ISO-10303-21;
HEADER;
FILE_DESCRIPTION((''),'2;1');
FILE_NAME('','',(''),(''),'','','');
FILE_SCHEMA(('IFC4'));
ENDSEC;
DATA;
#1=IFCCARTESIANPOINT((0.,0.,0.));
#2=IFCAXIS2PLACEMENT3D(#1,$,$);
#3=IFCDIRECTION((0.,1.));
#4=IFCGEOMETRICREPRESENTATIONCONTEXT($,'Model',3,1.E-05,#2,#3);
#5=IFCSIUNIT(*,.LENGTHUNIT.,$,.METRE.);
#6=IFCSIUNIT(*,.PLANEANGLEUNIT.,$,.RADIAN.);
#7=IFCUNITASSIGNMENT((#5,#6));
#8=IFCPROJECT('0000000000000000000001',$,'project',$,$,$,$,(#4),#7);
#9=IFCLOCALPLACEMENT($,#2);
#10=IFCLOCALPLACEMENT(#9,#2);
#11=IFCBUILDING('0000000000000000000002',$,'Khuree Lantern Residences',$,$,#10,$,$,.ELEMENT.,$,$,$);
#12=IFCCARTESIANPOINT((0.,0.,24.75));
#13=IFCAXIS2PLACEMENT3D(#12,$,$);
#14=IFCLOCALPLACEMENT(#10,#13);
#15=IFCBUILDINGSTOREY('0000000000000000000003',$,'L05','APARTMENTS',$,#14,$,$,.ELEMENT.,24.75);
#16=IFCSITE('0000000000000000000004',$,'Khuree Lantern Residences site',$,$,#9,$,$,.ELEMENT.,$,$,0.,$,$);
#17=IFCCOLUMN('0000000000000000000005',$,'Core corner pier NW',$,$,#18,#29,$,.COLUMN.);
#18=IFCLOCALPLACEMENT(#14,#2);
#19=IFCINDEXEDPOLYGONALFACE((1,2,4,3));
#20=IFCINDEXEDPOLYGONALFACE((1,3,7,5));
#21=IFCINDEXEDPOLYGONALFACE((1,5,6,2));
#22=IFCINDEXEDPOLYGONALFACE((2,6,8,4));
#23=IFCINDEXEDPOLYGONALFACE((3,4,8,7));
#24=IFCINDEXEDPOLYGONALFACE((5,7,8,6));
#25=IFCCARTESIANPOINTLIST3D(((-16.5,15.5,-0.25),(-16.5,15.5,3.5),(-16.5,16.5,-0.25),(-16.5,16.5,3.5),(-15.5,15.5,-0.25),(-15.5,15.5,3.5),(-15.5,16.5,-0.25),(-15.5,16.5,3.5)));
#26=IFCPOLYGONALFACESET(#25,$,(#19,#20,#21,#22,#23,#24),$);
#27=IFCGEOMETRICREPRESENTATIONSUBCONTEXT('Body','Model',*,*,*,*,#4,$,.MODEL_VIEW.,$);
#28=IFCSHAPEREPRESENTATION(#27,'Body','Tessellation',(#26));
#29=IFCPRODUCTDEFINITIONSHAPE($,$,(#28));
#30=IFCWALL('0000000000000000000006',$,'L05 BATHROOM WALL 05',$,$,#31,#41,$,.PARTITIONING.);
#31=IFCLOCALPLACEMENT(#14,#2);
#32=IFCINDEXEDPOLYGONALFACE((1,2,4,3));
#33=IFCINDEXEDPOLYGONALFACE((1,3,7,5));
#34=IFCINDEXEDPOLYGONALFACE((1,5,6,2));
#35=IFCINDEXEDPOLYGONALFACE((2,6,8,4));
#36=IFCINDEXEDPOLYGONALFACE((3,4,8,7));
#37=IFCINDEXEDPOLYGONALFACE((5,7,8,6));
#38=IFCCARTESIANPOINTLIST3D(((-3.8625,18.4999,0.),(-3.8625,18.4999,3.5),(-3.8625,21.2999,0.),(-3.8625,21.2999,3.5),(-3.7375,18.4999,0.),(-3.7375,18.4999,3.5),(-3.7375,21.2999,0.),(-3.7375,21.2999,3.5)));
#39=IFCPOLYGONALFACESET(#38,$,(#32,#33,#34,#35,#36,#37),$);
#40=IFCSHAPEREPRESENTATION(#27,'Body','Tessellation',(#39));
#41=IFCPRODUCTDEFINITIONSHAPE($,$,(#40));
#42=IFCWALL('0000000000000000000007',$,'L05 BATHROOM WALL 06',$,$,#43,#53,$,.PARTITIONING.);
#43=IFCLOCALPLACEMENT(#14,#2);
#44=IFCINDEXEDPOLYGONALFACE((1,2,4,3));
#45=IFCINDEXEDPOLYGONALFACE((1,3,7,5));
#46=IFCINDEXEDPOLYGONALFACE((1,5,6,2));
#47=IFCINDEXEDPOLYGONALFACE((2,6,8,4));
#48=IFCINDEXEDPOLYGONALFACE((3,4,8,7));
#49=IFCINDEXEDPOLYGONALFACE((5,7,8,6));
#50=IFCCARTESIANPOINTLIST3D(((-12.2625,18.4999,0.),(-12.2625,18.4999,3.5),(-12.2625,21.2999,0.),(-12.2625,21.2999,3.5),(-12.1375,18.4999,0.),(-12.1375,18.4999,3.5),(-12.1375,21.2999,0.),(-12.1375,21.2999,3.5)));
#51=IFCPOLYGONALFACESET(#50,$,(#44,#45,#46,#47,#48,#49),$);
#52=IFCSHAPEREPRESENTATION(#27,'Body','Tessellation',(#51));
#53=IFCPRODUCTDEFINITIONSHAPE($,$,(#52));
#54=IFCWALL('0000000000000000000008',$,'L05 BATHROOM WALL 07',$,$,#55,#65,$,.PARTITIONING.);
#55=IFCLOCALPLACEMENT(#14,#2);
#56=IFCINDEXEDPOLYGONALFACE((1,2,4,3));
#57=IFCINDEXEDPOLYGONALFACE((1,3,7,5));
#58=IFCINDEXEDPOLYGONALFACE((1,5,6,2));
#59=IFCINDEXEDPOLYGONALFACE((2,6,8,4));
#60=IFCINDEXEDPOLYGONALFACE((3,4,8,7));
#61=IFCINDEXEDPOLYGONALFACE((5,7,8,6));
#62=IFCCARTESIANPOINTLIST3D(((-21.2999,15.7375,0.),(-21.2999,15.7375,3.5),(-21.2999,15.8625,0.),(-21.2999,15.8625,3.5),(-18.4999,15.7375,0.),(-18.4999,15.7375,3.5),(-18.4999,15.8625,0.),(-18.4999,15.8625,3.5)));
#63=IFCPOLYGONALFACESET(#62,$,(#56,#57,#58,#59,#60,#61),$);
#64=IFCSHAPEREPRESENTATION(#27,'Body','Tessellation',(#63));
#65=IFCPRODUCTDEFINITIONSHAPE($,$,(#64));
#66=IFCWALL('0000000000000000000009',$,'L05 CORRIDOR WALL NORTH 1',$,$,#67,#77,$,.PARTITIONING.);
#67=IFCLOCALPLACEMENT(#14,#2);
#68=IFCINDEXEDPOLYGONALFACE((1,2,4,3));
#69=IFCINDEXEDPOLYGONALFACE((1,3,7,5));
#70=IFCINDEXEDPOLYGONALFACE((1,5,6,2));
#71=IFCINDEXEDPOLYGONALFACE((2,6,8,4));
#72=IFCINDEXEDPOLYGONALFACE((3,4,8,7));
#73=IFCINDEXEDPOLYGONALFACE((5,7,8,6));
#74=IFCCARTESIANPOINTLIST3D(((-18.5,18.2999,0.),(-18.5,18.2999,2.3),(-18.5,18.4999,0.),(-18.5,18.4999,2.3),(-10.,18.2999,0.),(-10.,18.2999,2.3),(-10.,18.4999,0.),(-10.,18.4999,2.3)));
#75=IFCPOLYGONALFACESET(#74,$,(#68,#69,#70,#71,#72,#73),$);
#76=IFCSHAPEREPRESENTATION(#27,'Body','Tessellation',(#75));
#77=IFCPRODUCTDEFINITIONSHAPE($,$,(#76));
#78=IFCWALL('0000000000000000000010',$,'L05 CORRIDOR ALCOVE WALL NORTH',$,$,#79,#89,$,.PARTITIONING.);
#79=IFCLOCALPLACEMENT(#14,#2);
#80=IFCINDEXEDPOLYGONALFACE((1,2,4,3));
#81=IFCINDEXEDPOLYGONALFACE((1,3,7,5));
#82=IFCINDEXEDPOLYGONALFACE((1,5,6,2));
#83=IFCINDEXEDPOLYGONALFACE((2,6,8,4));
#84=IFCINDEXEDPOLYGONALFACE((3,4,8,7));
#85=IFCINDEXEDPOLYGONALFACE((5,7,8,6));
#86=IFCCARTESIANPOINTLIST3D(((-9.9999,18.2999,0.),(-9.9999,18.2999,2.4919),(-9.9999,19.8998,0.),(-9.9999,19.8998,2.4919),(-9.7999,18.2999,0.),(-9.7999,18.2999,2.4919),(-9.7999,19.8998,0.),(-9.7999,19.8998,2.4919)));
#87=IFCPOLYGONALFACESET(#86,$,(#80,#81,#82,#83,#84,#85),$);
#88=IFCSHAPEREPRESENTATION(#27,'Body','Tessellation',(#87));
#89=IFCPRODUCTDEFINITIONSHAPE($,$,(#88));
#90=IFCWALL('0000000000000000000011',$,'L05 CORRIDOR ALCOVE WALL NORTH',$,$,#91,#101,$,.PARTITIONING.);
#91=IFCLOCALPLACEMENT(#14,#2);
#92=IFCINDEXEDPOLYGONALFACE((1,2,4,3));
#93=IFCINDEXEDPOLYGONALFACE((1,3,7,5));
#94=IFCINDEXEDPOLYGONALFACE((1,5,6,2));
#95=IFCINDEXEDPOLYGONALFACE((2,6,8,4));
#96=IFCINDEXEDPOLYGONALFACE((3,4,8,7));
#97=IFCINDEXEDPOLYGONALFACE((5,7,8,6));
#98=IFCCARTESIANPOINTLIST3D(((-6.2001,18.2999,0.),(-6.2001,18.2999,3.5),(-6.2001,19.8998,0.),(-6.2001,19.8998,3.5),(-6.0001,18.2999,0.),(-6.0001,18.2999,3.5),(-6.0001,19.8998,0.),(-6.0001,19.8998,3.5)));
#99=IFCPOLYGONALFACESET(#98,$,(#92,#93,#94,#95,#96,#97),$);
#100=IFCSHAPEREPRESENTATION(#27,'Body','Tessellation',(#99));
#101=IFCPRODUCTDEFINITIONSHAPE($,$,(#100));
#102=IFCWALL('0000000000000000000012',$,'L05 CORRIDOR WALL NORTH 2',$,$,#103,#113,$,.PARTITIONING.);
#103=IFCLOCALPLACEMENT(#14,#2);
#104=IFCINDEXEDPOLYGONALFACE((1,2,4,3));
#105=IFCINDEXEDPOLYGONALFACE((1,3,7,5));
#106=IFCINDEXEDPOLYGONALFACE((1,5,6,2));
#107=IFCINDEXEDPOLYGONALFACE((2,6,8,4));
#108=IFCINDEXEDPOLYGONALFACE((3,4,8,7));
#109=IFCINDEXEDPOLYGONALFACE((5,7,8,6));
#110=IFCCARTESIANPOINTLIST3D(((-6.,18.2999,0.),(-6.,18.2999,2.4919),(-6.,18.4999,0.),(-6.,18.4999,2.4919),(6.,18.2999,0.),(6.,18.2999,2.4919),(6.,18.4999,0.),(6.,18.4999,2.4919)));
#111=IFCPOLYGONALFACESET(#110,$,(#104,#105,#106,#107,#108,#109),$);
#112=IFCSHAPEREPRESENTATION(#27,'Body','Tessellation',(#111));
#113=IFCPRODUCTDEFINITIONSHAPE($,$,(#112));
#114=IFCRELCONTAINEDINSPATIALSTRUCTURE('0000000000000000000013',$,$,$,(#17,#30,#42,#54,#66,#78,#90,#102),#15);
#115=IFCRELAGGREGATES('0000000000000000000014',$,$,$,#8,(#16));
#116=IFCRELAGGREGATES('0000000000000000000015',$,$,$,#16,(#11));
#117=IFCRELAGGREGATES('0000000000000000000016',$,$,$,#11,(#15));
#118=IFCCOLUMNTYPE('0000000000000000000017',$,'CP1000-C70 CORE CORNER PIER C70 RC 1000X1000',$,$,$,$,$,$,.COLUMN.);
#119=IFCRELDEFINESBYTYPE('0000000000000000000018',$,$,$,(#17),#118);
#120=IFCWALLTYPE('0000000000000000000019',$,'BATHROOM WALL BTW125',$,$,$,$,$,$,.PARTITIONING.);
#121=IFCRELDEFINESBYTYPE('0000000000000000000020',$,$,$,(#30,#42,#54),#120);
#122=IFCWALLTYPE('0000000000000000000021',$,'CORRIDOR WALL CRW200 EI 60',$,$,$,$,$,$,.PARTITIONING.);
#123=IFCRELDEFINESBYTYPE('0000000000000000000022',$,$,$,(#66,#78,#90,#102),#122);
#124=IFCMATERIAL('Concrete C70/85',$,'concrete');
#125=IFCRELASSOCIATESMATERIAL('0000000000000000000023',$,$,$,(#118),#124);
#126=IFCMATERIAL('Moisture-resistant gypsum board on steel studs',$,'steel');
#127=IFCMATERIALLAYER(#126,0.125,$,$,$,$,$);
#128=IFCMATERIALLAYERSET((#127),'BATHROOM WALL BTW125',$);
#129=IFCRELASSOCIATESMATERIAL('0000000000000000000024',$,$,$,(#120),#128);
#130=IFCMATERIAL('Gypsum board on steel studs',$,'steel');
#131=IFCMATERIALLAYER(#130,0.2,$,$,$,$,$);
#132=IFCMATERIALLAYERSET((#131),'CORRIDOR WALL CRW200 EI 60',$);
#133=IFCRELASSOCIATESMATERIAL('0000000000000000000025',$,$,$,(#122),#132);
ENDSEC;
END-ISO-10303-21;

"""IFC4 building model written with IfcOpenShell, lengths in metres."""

from ifc_helpers import new_model, si_unit, direction, frame, frame_2d, origin, origin_2d, place, context, subcontext, project, spatial, rectangle, extrude, material, layer, layer_set, material_profile, profile_set, type_object, element, save


model = new_model("IFC4")

# Units and contexts
model_context = context("Model", 3, precision=1e-05, world=origin(), true_north=direction((0.0, 1.0)))
body_context = subcontext(model_context, "Body", "Model", "MODEL_VIEW")
ifc_project = project(units=[si_unit("LENGTHUNIT", "METRE"), si_unit("PLANEANGLEUNIT", "RADIAN")], contexts=[model_context])

# Site, building, storey
site_placement = place(None, origin())
site = spatial("IfcSite", under=ifc_project, at=site_placement, Name="Khuree Lantern Residences site", CompositionType="ELEMENT", RefElevation=0.0)
building_placement = place(site_placement, origin())
building = spatial("IfcBuilding", under=site, at=building_placement, Name="Khuree Lantern Residences", CompositionType="ELEMENT")
storey_placement = place(building_placement, frame((0.0, 0.0, 24.75)))
storey = spatial("IfcBuildingStorey", under=building, at=storey_placement, Name="L05", Description="APARTMENTS", CompositionType="ELEMENT", Elevation=24.75)

# Column
ifc_material_1 = material(Name="Concrete C70/85", Category="concrete")
ifc_material_profile = material_profile(ifc_material_1, rectangle(XDim=1.0, YDim=1.0, at=origin_2d()), Name="RC 1000X1000")
ifc_profile_set = profile_set([ifc_material_profile], Name="Concrete C70/85")
column_type = type_object("IfcColumnType", Name="CP1000-C70 CORE CORNER PIER C70 RC 1000X1000", PredefinedType="COLUMN", material=ifc_profile_set)
column_placement = place(storey_placement, frame((-16.0, 16.0, -0.25), z_axis=(0.0, 0.0, 1.0), x_axis=(1.0, 0.0, 0.0)))
element("IfcColumn", 1, at=column_placement, inside=storey, type_object=column_type, Name="Core corner pier NW", PredefinedType="COLUMN", context=body_context, shape_type="SweptSolid", body=[
    extrude(rectangle(XDim=1.0, YDim=1.0, at=origin_2d()), origin(), (0.0, 0.0, 1.0), 3.75),
])

# Walls
ifc_material_2 = material(Name="Moisture-resistant gypsum board on steel studs", Category="steel")
ifc_layer_1 = layer(ifc_material_2, 0.125)
ifc_layer_set_1 = layer_set([ifc_layer_1], Name="BATHROOM WALL BTW125")
wall_type_1 = type_object("IfcWallType", Name="BATHROOM WALL BTW125", PredefinedType="PARTITIONING", material=ifc_layer_set_1)
for number, where, z_axis, x_axis, name in (
    (2, (-3.8, 18.5, 0.0), (0.0, 0.0, 1.0), (0.0, 1.0, 0.0), "L05 BATHROOM WALL 05"),
    (3, (-12.2, 18.5, 0.0), (0.0, 0.0, 1.0), (0.0, 1.0, 0.0), "L05 BATHROOM WALL 06"),
    (4, (-18.5, 15.8, 0.0), (0.0, 0.0, 1.0), (-1.0, 0.0, 0.0), "L05 BATHROOM WALL 07"),
):
    element("IfcWall", number, at=place(storey_placement, frame(where, z_axis=z_axis, x_axis=x_axis)), inside=storey, type_object=wall_type_1, Name=name, PredefinedType="PARTITIONING", context=body_context, shape_type="SweptSolid", body=[
        extrude(rectangle(XDim=2.8, YDim=0.125, at=frame_2d((1.3999, 0.0))), origin(), (0.0, 0.0, 1.0), 3.5),
    ])
ifc_material_3 = material(Name="Gypsum board on steel studs", Category="steel")
ifc_layer_2 = layer(ifc_material_3, 0.2)
ifc_layer_set_2 = layer_set([ifc_layer_2], Name="CORRIDOR WALL CRW200 EI 60")
wall_type_2 = type_object("IfcWallType", Name="CORRIDOR WALL CRW200 EI 60", PredefinedType="PARTITIONING", material=ifc_layer_set_2)
wall_1_placement = place(storey_placement, frame((-18.5, 18.3999, 0.0), z_axis=(0.0, 0.0, 1.0), x_axis=(1.0, 0.0, 0.0)))
element("IfcWall", 5, at=wall_1_placement, inside=storey, type_object=wall_type_2, Name="L05 CORRIDOR WALL NORTH 1", PredefinedType="PARTITIONING", context=body_context, shape_type="SweptSolid", body=[
    extrude(rectangle(XDim=8.5, YDim=0.2, at=frame_2d((4.25, 0.0))), origin(), (0.0, 0.0, 1.0), 2.3),
])
wall_2_placement = place(storey_placement, frame((-9.8999, 18.3, 0.0), z_axis=(0.0, 0.0, 1.0), x_axis=(0.0, 1.0, 0.0)))
element("IfcWall", 6, at=wall_2_placement, inside=storey, type_object=wall_type_2, Name="L05 CORRIDOR ALCOVE WALL NORTH", PredefinedType="PARTITIONING", context=body_context, shape_type="SweptSolid", body=[
    extrude(rectangle(XDim=1.5999, YDim=0.2, at=frame_2d((0.7998, 0.0))), origin(), (0.0, 0.0, 1.0), 2.4919),
])
wall_3_placement = place(storey_placement, frame((-6.1001, 18.3, 0.0), z_axis=(0.0, 0.0, 1.0), x_axis=(0.0, 1.0, 0.0)))
element("IfcWall", 7, at=wall_3_placement, inside=storey, type_object=wall_type_2, Name="L05 CORRIDOR ALCOVE WALL NORTH", PredefinedType="PARTITIONING", context=body_context, shape_type="SweptSolid", body=[
    extrude(rectangle(XDim=1.5999, YDim=0.2, at=frame_2d((0.7998, 0.0))), origin(), (0.0, 0.0, 1.0), 3.5),
])
wall_4_placement = place(storey_placement, frame((-6.0, 18.3999, 0.0), z_axis=(0.0, 0.0, 1.0), x_axis=(1.0, 0.0, 0.0)))
element("IfcWall", 8, at=wall_4_placement, inside=storey, type_object=wall_type_2, Name="L05 CORRIDOR WALL NORTH 2", PredefinedType="PARTITIONING", context=body_context, shape_type="SweptSolid", body=[
    extrude(rectangle(XDim=12.0, YDim=0.2, at=frame_2d((6.0, 0.0))), origin(), (0.0, 0.0, 1.0), 2.4919),
])

save(model, "model.ifc")
